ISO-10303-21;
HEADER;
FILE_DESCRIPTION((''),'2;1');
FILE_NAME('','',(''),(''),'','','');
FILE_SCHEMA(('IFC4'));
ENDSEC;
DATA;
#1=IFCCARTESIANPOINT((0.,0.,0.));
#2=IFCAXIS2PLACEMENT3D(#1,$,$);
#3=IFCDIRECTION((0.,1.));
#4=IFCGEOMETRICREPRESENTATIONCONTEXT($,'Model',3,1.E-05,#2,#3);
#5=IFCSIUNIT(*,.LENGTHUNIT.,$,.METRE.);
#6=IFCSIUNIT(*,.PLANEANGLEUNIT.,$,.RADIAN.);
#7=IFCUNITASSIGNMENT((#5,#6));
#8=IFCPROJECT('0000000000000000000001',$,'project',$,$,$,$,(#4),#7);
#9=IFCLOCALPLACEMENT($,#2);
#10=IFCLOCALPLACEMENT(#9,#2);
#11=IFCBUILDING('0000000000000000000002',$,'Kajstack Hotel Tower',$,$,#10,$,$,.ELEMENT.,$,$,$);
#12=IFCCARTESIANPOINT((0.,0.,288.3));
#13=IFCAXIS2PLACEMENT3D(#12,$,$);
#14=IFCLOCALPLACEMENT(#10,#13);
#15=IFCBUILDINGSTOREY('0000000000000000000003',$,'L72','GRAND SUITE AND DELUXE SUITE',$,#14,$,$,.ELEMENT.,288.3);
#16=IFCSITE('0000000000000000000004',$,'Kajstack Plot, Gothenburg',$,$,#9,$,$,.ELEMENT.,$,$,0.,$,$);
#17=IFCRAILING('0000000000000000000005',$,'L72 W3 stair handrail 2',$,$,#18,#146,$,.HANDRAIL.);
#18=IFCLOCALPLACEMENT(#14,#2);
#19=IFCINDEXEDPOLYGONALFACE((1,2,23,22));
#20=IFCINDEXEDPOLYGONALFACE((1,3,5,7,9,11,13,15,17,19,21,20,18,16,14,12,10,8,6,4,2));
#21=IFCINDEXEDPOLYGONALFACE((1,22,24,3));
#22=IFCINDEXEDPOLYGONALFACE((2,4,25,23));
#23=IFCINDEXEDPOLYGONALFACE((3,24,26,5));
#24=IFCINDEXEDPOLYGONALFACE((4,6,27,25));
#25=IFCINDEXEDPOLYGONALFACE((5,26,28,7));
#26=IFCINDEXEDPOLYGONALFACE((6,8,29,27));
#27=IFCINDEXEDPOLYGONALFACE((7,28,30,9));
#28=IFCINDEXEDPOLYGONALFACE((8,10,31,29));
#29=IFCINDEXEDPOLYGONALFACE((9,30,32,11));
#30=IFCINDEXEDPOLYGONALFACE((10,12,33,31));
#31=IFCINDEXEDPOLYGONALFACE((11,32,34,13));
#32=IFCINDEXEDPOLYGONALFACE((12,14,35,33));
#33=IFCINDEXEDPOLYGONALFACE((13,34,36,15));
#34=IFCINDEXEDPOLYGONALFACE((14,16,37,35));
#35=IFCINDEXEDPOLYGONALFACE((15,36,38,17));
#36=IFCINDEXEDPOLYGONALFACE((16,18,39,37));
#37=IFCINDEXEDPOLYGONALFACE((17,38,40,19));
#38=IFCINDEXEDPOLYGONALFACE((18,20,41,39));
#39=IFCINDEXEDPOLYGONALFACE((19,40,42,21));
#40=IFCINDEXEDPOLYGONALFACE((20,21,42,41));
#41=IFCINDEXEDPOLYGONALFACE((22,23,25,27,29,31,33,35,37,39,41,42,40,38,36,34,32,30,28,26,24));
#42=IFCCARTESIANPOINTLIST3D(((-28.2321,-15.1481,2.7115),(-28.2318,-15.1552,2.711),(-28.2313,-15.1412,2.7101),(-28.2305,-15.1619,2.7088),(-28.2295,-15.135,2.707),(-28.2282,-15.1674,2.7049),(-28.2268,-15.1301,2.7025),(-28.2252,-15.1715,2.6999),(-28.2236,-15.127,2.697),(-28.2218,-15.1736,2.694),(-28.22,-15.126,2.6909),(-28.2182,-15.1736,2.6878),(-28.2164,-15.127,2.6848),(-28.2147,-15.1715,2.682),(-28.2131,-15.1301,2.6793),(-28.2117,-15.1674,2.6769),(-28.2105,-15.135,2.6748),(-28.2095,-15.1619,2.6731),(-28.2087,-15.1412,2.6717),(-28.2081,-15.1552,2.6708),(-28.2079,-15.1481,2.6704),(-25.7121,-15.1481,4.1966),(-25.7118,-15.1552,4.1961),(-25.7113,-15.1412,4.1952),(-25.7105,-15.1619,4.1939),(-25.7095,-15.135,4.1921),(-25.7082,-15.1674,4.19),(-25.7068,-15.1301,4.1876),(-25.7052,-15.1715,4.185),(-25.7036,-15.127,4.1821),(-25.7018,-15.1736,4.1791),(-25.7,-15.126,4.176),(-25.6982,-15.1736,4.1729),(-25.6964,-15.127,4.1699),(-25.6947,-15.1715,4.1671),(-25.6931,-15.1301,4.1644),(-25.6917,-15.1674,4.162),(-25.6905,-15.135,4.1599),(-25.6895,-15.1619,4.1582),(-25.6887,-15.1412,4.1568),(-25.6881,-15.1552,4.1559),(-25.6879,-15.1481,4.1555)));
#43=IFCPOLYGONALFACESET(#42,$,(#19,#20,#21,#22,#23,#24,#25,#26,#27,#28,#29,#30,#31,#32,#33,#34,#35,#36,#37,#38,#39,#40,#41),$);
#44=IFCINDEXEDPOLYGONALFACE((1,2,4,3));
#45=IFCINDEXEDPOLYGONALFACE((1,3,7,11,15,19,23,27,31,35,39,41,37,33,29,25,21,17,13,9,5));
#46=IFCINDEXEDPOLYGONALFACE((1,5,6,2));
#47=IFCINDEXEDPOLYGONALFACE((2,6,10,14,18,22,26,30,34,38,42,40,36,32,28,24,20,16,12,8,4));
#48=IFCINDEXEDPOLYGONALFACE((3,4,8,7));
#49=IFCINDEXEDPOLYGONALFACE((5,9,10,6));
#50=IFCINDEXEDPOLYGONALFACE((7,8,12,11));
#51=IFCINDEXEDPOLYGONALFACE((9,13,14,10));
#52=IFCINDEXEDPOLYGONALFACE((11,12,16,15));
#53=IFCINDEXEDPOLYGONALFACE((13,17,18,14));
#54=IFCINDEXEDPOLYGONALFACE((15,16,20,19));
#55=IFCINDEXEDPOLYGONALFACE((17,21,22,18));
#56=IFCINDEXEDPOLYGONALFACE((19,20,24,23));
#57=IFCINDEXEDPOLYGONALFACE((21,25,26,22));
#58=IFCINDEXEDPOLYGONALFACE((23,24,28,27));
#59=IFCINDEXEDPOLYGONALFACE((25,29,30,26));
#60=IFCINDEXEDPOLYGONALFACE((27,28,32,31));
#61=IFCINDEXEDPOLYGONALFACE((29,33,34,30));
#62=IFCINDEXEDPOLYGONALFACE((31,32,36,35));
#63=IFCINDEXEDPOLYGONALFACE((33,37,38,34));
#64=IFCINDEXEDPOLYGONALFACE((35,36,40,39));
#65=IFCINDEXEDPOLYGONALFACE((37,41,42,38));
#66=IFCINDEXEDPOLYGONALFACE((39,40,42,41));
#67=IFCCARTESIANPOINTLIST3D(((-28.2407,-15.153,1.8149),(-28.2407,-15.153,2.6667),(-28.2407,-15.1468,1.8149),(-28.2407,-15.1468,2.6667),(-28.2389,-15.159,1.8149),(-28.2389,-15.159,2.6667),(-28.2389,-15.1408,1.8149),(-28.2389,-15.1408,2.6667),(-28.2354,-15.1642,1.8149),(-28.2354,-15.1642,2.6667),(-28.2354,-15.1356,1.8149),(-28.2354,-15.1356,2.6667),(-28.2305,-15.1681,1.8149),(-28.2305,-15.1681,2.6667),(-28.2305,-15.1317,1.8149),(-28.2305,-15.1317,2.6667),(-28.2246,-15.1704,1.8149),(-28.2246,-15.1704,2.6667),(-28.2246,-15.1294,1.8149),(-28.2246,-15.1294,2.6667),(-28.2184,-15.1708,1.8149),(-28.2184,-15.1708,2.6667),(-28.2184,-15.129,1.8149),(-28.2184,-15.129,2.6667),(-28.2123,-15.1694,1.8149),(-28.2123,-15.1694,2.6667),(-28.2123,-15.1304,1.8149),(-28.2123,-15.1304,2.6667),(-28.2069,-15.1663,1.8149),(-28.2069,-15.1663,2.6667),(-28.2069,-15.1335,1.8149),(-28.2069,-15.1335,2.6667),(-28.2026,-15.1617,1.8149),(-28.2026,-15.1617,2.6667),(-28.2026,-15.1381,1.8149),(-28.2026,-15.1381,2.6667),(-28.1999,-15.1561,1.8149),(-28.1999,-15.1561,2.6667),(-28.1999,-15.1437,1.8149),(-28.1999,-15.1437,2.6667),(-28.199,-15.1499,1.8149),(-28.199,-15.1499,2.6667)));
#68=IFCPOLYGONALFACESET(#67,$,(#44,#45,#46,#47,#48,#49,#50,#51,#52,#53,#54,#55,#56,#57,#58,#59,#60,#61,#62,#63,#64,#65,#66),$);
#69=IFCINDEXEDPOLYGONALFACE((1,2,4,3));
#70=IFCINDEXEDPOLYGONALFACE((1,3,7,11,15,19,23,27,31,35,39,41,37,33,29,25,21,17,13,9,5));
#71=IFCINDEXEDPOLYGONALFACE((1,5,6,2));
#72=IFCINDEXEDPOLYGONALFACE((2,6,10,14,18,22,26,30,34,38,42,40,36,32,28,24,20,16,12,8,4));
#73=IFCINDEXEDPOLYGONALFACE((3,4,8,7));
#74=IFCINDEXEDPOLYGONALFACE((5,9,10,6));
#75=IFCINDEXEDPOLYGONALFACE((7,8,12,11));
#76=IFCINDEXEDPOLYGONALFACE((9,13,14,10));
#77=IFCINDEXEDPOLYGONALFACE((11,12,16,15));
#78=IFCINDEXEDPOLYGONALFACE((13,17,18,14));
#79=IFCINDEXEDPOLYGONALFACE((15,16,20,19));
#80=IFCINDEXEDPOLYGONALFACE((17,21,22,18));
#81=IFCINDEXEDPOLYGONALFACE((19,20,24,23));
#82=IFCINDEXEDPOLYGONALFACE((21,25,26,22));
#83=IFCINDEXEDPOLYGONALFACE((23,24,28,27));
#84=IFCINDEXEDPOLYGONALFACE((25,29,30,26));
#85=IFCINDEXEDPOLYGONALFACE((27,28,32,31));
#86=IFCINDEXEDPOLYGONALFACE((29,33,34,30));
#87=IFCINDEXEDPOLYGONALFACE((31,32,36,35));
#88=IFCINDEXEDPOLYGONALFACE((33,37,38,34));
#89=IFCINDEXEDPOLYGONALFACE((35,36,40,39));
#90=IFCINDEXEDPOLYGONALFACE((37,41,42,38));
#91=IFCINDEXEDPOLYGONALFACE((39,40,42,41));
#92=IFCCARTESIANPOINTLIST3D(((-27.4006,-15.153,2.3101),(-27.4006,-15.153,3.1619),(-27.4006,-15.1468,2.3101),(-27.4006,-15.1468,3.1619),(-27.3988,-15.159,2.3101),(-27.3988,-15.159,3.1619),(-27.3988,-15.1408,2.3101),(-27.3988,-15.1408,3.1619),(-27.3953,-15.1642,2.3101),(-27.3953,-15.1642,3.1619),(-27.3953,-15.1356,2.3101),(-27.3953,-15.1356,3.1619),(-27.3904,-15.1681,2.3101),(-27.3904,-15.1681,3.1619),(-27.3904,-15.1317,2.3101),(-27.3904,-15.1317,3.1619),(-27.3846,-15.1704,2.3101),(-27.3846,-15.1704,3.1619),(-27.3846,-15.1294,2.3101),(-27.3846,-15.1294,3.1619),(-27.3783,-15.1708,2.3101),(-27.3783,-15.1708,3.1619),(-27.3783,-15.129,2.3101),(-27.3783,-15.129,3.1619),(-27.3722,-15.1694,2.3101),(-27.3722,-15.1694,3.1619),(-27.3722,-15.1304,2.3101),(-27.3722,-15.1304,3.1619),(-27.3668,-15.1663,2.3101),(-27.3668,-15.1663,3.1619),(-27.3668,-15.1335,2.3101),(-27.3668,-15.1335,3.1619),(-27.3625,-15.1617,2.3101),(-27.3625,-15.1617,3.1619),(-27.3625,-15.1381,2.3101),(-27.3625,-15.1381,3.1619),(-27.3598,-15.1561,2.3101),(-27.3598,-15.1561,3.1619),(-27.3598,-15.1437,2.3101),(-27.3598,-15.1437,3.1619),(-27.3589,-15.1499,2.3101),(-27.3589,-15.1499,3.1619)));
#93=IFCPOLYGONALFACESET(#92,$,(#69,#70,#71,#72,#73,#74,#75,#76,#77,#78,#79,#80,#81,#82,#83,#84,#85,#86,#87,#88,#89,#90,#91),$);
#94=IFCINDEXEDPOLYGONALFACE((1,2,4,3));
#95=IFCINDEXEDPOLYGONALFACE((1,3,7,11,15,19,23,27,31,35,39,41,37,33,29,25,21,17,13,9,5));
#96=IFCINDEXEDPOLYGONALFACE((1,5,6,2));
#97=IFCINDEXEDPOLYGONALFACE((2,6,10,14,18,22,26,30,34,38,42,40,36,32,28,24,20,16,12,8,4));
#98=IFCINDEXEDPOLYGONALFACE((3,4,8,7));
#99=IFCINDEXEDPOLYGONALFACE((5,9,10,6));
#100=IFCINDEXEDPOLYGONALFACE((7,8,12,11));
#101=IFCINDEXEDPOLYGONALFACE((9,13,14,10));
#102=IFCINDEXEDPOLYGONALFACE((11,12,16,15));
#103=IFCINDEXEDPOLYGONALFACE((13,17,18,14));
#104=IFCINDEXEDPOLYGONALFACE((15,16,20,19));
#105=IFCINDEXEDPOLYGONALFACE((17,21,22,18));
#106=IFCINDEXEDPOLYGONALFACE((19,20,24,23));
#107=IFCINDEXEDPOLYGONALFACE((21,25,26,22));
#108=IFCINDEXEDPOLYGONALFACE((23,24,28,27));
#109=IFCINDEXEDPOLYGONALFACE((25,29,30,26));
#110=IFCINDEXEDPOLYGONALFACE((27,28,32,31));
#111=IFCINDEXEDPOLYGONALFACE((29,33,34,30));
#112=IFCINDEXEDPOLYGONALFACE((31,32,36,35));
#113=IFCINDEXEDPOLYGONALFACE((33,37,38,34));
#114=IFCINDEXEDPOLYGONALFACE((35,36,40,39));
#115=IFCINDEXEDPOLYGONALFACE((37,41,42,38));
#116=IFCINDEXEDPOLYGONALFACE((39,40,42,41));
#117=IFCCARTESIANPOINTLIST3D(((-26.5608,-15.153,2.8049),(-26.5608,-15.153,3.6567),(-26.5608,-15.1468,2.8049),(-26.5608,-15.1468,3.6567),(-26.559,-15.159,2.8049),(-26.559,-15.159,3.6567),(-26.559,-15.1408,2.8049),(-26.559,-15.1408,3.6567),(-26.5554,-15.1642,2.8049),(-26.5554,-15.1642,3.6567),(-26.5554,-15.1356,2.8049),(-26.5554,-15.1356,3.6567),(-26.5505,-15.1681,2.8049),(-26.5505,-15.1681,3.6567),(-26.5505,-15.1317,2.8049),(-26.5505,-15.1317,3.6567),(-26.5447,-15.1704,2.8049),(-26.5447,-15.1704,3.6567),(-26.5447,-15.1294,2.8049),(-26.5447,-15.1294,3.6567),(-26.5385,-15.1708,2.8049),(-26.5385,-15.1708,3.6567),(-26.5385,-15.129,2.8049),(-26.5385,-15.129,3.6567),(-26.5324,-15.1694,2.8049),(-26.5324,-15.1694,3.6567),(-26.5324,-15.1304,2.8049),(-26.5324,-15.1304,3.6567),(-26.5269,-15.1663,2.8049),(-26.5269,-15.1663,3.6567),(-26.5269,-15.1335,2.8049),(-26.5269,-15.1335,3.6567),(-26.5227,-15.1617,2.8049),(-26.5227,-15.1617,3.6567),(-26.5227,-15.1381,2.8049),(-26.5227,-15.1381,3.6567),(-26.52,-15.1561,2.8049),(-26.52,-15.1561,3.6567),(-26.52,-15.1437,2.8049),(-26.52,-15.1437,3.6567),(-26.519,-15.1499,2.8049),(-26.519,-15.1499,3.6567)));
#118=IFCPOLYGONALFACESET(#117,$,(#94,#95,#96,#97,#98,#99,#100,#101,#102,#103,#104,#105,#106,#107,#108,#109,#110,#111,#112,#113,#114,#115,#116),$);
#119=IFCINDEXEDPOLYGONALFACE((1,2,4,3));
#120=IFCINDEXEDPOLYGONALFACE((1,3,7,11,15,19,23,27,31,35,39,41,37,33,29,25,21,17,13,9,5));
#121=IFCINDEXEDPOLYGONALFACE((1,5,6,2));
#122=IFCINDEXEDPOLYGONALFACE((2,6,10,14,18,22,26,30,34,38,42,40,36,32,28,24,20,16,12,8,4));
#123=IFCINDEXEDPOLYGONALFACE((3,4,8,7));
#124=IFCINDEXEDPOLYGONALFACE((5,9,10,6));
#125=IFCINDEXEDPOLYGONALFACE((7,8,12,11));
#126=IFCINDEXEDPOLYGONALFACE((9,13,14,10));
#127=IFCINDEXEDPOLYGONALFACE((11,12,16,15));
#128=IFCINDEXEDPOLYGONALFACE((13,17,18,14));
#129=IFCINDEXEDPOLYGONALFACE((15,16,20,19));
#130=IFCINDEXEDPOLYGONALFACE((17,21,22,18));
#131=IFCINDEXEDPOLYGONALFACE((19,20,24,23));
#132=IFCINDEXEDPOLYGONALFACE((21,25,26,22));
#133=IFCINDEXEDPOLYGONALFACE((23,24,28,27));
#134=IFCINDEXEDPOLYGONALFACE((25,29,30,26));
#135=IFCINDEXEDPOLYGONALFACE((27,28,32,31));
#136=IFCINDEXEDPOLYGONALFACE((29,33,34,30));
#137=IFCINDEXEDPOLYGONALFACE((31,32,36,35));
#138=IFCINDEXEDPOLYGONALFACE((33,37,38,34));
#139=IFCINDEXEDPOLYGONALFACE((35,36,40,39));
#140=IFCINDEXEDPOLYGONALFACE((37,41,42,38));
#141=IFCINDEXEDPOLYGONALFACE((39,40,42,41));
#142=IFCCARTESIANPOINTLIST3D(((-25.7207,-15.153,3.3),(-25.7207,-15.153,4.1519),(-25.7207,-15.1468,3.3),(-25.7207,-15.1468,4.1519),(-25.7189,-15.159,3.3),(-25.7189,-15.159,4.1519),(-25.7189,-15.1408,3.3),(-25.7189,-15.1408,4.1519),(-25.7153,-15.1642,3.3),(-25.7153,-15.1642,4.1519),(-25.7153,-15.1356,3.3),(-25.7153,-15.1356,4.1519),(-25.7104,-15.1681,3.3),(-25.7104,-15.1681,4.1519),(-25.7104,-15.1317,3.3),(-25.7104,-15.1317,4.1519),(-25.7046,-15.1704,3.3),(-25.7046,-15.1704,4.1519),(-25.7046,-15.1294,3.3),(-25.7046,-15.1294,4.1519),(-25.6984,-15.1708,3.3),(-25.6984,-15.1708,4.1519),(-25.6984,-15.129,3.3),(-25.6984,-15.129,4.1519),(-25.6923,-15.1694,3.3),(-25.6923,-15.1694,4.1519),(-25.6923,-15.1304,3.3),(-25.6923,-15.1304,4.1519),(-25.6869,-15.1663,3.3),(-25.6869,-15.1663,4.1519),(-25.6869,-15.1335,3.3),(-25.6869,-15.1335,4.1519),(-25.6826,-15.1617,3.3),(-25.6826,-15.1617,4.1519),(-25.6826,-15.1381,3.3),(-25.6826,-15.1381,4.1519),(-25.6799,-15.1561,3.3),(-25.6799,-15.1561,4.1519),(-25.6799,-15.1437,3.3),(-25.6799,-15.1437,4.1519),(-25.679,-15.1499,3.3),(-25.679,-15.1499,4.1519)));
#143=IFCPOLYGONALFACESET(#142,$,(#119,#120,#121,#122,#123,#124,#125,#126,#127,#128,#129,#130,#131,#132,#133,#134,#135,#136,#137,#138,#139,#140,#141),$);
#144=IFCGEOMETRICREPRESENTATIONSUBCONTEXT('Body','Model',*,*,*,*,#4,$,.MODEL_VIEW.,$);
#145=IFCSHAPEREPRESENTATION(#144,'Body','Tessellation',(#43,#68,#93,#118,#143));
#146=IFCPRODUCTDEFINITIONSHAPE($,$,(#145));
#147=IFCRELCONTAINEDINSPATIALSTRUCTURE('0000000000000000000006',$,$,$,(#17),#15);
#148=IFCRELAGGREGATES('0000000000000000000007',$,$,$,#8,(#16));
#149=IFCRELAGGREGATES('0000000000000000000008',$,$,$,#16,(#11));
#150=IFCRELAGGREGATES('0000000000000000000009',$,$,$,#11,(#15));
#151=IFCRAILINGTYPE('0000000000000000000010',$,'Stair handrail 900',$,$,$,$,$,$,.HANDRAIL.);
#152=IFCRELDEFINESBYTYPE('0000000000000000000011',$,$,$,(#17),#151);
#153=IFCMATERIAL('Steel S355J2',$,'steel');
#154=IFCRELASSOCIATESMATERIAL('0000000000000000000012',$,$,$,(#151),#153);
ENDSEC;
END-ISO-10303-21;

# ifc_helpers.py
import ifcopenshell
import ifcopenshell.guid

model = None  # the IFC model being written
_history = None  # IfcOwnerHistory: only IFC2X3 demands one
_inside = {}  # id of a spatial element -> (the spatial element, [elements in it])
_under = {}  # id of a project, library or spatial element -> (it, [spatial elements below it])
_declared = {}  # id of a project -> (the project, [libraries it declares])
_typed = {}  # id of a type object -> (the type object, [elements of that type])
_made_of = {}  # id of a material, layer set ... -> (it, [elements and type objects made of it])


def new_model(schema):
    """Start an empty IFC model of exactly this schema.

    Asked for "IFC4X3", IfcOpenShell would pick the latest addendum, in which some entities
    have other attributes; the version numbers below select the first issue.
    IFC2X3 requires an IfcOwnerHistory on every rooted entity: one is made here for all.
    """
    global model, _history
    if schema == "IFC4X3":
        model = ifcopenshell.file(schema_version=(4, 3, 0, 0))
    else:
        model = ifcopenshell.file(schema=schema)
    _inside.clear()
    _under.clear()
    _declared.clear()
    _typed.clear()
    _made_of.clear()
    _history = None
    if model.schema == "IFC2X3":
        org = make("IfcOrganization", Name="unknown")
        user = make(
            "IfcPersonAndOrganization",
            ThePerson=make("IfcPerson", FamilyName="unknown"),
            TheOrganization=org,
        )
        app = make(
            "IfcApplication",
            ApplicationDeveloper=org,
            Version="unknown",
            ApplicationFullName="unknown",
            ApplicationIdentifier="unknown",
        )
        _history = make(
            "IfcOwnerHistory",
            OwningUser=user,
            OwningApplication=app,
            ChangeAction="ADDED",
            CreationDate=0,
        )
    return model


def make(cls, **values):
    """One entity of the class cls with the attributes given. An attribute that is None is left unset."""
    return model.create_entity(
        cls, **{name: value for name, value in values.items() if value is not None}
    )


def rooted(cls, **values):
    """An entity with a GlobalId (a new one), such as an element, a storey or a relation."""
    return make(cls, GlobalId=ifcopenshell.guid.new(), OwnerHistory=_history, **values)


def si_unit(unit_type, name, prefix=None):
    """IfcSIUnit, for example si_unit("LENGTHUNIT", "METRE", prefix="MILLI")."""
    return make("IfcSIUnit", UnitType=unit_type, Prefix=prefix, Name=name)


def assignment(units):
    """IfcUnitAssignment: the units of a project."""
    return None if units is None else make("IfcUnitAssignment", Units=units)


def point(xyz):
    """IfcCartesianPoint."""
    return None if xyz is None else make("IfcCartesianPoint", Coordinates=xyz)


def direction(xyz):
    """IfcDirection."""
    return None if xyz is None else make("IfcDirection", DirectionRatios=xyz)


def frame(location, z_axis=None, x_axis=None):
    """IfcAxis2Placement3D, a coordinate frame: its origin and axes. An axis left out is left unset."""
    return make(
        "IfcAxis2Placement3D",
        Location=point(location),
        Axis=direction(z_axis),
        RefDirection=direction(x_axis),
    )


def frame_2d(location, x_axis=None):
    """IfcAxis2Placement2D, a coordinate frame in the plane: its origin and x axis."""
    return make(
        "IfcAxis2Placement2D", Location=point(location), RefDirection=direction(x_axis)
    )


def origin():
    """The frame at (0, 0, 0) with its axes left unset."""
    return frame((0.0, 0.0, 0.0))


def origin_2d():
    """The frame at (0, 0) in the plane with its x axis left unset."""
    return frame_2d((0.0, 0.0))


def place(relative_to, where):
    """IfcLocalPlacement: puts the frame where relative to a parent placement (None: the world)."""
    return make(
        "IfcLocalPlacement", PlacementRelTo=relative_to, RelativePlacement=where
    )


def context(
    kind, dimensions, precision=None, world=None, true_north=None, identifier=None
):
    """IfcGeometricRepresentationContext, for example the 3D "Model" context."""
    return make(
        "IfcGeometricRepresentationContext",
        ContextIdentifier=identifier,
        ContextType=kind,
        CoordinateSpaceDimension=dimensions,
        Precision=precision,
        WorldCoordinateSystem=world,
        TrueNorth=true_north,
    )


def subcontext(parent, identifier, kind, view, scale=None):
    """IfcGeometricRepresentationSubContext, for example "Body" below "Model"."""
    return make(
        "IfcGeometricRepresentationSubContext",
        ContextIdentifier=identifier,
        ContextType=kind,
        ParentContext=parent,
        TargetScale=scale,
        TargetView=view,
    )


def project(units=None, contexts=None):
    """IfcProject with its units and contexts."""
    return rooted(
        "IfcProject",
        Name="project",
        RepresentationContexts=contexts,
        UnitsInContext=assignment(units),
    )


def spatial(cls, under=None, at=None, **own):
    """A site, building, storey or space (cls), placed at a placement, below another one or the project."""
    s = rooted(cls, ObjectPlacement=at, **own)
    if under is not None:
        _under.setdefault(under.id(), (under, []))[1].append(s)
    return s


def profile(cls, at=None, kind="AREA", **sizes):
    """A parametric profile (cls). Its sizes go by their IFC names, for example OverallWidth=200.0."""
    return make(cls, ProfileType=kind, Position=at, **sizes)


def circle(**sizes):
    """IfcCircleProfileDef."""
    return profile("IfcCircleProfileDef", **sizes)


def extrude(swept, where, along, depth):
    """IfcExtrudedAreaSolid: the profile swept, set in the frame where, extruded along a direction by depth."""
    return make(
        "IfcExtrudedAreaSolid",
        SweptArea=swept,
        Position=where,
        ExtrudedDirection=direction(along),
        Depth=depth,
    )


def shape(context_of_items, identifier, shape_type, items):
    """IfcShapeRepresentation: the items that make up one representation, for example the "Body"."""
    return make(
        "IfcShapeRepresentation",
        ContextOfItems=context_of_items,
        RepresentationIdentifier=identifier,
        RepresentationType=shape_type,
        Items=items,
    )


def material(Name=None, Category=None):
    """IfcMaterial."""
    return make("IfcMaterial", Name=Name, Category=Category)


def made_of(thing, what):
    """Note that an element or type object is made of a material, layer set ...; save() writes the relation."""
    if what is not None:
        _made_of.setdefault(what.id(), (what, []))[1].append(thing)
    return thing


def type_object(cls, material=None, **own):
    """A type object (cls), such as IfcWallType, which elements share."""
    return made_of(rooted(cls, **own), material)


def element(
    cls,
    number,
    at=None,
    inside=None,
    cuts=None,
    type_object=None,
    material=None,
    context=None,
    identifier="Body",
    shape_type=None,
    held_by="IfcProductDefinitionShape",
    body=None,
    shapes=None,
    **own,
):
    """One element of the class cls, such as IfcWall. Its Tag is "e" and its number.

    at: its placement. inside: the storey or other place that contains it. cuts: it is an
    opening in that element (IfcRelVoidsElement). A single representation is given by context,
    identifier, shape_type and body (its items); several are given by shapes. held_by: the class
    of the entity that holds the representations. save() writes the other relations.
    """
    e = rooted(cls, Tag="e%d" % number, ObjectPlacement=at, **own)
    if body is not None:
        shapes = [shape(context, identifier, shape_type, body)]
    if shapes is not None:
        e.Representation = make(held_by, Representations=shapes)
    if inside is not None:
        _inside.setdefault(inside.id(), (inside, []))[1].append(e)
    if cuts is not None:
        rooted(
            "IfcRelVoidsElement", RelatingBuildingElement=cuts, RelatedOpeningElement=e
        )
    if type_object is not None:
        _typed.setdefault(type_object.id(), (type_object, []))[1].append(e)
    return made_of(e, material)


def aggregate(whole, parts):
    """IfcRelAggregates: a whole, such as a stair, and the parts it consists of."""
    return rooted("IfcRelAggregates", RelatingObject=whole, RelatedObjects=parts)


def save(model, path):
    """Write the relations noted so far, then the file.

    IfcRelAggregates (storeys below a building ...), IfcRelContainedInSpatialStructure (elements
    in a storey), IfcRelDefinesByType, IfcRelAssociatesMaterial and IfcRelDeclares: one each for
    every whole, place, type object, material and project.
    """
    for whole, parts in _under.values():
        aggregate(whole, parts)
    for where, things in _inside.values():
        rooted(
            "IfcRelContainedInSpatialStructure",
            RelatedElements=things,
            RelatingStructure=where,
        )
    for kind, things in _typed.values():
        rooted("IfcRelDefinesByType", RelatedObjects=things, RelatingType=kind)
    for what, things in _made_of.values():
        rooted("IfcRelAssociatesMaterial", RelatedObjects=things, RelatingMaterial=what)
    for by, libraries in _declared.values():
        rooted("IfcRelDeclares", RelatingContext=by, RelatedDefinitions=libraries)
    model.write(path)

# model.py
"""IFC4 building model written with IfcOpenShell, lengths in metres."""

from ifc_helpers import new_model, si_unit, direction, frame, origin, origin_2d, place, context, subcontext, project, spatial, circle, extrude, material, type_object, element, save


model = new_model("IFC4")

# Units and contexts
model_context = context("Model", 3, precision=1e-05, world=origin(), true_north=direction((0.0, 1.0)))
body_context = subcontext(model_context, "Body", "Model", "MODEL_VIEW")
ifc_project = project(units=[si_unit("LENGTHUNIT", "METRE"), si_unit("PLANEANGLEUNIT", "RADIAN")], contexts=[model_context])

# Site, building, storey
site_placement = place(None, origin())
site = spatial("IfcSite", under=ifc_project, at=site_placement, Name="Kajstack Plot, Gothenburg", CompositionType="ELEMENT", RefElevation=0.0)
building_placement = place(site_placement, origin())
building = spatial("IfcBuilding", under=site, at=building_placement, Name="Kajstack Hotel Tower", CompositionType="ELEMENT")
storey_placement = place(building_placement, frame((0.0, 0.0, 288.3)))
storey = spatial("IfcBuildingStorey", under=building, at=storey_placement, Name="L72", Description="GRAND SUITE AND DELUXE SUITE", CompositionType="ELEMENT", Elevation=288.3)

# Railing
ifc_material_1 = material(Name="Steel S355J2", Category="steel")
railing_type_1 = type_object("IfcRailingType", Name="Stair handrail 900", PredefinedType="HANDRAIL", material=ifc_material_1)
railing_1_placement = place(storey_placement, frame((-28.22, -15.1499, 1.8149)))
element("IfcRailing", 1, at=railing_1_placement, inside=storey, type_object=railing_type_1, Name="L72 W3 stair handrail 2", PredefinedType="HANDRAIL", context=body_context, shape_type="SweptSolid", body=[
    extrude(circle(Radius=0.0239, at=origin_2d()), frame((0.0, 0.0, 0.876), z_axis=(0.861524, 0.0, 0.507717), x_axis=(0.0, 1.0, 0.0)), (0.0, 0.0, 1.0), 2.925),
    extrude(circle(Radius=0.021, at=origin_2d()), origin(), (0.0, 0.0, 1.0), 0.8518),
    extrude(circle(Radius=0.021, at=origin_2d()), frame((0.8401, 0.0, 0.4951)), (0.0, 0.0, 1.0), 0.8518),
    extrude(circle(Radius=0.021, at=origin_2d()), frame((1.6799, 0.0, 0.99)), (0.0, 0.0, 1.0), 0.8518),
    extrude(circle(Radius=0.021, at=origin_2d()), frame((2.52, 0.0, 1.4851)), (0.0, 0.0, 1.0), 0.8518),
])

save(model, "model.ifc")
